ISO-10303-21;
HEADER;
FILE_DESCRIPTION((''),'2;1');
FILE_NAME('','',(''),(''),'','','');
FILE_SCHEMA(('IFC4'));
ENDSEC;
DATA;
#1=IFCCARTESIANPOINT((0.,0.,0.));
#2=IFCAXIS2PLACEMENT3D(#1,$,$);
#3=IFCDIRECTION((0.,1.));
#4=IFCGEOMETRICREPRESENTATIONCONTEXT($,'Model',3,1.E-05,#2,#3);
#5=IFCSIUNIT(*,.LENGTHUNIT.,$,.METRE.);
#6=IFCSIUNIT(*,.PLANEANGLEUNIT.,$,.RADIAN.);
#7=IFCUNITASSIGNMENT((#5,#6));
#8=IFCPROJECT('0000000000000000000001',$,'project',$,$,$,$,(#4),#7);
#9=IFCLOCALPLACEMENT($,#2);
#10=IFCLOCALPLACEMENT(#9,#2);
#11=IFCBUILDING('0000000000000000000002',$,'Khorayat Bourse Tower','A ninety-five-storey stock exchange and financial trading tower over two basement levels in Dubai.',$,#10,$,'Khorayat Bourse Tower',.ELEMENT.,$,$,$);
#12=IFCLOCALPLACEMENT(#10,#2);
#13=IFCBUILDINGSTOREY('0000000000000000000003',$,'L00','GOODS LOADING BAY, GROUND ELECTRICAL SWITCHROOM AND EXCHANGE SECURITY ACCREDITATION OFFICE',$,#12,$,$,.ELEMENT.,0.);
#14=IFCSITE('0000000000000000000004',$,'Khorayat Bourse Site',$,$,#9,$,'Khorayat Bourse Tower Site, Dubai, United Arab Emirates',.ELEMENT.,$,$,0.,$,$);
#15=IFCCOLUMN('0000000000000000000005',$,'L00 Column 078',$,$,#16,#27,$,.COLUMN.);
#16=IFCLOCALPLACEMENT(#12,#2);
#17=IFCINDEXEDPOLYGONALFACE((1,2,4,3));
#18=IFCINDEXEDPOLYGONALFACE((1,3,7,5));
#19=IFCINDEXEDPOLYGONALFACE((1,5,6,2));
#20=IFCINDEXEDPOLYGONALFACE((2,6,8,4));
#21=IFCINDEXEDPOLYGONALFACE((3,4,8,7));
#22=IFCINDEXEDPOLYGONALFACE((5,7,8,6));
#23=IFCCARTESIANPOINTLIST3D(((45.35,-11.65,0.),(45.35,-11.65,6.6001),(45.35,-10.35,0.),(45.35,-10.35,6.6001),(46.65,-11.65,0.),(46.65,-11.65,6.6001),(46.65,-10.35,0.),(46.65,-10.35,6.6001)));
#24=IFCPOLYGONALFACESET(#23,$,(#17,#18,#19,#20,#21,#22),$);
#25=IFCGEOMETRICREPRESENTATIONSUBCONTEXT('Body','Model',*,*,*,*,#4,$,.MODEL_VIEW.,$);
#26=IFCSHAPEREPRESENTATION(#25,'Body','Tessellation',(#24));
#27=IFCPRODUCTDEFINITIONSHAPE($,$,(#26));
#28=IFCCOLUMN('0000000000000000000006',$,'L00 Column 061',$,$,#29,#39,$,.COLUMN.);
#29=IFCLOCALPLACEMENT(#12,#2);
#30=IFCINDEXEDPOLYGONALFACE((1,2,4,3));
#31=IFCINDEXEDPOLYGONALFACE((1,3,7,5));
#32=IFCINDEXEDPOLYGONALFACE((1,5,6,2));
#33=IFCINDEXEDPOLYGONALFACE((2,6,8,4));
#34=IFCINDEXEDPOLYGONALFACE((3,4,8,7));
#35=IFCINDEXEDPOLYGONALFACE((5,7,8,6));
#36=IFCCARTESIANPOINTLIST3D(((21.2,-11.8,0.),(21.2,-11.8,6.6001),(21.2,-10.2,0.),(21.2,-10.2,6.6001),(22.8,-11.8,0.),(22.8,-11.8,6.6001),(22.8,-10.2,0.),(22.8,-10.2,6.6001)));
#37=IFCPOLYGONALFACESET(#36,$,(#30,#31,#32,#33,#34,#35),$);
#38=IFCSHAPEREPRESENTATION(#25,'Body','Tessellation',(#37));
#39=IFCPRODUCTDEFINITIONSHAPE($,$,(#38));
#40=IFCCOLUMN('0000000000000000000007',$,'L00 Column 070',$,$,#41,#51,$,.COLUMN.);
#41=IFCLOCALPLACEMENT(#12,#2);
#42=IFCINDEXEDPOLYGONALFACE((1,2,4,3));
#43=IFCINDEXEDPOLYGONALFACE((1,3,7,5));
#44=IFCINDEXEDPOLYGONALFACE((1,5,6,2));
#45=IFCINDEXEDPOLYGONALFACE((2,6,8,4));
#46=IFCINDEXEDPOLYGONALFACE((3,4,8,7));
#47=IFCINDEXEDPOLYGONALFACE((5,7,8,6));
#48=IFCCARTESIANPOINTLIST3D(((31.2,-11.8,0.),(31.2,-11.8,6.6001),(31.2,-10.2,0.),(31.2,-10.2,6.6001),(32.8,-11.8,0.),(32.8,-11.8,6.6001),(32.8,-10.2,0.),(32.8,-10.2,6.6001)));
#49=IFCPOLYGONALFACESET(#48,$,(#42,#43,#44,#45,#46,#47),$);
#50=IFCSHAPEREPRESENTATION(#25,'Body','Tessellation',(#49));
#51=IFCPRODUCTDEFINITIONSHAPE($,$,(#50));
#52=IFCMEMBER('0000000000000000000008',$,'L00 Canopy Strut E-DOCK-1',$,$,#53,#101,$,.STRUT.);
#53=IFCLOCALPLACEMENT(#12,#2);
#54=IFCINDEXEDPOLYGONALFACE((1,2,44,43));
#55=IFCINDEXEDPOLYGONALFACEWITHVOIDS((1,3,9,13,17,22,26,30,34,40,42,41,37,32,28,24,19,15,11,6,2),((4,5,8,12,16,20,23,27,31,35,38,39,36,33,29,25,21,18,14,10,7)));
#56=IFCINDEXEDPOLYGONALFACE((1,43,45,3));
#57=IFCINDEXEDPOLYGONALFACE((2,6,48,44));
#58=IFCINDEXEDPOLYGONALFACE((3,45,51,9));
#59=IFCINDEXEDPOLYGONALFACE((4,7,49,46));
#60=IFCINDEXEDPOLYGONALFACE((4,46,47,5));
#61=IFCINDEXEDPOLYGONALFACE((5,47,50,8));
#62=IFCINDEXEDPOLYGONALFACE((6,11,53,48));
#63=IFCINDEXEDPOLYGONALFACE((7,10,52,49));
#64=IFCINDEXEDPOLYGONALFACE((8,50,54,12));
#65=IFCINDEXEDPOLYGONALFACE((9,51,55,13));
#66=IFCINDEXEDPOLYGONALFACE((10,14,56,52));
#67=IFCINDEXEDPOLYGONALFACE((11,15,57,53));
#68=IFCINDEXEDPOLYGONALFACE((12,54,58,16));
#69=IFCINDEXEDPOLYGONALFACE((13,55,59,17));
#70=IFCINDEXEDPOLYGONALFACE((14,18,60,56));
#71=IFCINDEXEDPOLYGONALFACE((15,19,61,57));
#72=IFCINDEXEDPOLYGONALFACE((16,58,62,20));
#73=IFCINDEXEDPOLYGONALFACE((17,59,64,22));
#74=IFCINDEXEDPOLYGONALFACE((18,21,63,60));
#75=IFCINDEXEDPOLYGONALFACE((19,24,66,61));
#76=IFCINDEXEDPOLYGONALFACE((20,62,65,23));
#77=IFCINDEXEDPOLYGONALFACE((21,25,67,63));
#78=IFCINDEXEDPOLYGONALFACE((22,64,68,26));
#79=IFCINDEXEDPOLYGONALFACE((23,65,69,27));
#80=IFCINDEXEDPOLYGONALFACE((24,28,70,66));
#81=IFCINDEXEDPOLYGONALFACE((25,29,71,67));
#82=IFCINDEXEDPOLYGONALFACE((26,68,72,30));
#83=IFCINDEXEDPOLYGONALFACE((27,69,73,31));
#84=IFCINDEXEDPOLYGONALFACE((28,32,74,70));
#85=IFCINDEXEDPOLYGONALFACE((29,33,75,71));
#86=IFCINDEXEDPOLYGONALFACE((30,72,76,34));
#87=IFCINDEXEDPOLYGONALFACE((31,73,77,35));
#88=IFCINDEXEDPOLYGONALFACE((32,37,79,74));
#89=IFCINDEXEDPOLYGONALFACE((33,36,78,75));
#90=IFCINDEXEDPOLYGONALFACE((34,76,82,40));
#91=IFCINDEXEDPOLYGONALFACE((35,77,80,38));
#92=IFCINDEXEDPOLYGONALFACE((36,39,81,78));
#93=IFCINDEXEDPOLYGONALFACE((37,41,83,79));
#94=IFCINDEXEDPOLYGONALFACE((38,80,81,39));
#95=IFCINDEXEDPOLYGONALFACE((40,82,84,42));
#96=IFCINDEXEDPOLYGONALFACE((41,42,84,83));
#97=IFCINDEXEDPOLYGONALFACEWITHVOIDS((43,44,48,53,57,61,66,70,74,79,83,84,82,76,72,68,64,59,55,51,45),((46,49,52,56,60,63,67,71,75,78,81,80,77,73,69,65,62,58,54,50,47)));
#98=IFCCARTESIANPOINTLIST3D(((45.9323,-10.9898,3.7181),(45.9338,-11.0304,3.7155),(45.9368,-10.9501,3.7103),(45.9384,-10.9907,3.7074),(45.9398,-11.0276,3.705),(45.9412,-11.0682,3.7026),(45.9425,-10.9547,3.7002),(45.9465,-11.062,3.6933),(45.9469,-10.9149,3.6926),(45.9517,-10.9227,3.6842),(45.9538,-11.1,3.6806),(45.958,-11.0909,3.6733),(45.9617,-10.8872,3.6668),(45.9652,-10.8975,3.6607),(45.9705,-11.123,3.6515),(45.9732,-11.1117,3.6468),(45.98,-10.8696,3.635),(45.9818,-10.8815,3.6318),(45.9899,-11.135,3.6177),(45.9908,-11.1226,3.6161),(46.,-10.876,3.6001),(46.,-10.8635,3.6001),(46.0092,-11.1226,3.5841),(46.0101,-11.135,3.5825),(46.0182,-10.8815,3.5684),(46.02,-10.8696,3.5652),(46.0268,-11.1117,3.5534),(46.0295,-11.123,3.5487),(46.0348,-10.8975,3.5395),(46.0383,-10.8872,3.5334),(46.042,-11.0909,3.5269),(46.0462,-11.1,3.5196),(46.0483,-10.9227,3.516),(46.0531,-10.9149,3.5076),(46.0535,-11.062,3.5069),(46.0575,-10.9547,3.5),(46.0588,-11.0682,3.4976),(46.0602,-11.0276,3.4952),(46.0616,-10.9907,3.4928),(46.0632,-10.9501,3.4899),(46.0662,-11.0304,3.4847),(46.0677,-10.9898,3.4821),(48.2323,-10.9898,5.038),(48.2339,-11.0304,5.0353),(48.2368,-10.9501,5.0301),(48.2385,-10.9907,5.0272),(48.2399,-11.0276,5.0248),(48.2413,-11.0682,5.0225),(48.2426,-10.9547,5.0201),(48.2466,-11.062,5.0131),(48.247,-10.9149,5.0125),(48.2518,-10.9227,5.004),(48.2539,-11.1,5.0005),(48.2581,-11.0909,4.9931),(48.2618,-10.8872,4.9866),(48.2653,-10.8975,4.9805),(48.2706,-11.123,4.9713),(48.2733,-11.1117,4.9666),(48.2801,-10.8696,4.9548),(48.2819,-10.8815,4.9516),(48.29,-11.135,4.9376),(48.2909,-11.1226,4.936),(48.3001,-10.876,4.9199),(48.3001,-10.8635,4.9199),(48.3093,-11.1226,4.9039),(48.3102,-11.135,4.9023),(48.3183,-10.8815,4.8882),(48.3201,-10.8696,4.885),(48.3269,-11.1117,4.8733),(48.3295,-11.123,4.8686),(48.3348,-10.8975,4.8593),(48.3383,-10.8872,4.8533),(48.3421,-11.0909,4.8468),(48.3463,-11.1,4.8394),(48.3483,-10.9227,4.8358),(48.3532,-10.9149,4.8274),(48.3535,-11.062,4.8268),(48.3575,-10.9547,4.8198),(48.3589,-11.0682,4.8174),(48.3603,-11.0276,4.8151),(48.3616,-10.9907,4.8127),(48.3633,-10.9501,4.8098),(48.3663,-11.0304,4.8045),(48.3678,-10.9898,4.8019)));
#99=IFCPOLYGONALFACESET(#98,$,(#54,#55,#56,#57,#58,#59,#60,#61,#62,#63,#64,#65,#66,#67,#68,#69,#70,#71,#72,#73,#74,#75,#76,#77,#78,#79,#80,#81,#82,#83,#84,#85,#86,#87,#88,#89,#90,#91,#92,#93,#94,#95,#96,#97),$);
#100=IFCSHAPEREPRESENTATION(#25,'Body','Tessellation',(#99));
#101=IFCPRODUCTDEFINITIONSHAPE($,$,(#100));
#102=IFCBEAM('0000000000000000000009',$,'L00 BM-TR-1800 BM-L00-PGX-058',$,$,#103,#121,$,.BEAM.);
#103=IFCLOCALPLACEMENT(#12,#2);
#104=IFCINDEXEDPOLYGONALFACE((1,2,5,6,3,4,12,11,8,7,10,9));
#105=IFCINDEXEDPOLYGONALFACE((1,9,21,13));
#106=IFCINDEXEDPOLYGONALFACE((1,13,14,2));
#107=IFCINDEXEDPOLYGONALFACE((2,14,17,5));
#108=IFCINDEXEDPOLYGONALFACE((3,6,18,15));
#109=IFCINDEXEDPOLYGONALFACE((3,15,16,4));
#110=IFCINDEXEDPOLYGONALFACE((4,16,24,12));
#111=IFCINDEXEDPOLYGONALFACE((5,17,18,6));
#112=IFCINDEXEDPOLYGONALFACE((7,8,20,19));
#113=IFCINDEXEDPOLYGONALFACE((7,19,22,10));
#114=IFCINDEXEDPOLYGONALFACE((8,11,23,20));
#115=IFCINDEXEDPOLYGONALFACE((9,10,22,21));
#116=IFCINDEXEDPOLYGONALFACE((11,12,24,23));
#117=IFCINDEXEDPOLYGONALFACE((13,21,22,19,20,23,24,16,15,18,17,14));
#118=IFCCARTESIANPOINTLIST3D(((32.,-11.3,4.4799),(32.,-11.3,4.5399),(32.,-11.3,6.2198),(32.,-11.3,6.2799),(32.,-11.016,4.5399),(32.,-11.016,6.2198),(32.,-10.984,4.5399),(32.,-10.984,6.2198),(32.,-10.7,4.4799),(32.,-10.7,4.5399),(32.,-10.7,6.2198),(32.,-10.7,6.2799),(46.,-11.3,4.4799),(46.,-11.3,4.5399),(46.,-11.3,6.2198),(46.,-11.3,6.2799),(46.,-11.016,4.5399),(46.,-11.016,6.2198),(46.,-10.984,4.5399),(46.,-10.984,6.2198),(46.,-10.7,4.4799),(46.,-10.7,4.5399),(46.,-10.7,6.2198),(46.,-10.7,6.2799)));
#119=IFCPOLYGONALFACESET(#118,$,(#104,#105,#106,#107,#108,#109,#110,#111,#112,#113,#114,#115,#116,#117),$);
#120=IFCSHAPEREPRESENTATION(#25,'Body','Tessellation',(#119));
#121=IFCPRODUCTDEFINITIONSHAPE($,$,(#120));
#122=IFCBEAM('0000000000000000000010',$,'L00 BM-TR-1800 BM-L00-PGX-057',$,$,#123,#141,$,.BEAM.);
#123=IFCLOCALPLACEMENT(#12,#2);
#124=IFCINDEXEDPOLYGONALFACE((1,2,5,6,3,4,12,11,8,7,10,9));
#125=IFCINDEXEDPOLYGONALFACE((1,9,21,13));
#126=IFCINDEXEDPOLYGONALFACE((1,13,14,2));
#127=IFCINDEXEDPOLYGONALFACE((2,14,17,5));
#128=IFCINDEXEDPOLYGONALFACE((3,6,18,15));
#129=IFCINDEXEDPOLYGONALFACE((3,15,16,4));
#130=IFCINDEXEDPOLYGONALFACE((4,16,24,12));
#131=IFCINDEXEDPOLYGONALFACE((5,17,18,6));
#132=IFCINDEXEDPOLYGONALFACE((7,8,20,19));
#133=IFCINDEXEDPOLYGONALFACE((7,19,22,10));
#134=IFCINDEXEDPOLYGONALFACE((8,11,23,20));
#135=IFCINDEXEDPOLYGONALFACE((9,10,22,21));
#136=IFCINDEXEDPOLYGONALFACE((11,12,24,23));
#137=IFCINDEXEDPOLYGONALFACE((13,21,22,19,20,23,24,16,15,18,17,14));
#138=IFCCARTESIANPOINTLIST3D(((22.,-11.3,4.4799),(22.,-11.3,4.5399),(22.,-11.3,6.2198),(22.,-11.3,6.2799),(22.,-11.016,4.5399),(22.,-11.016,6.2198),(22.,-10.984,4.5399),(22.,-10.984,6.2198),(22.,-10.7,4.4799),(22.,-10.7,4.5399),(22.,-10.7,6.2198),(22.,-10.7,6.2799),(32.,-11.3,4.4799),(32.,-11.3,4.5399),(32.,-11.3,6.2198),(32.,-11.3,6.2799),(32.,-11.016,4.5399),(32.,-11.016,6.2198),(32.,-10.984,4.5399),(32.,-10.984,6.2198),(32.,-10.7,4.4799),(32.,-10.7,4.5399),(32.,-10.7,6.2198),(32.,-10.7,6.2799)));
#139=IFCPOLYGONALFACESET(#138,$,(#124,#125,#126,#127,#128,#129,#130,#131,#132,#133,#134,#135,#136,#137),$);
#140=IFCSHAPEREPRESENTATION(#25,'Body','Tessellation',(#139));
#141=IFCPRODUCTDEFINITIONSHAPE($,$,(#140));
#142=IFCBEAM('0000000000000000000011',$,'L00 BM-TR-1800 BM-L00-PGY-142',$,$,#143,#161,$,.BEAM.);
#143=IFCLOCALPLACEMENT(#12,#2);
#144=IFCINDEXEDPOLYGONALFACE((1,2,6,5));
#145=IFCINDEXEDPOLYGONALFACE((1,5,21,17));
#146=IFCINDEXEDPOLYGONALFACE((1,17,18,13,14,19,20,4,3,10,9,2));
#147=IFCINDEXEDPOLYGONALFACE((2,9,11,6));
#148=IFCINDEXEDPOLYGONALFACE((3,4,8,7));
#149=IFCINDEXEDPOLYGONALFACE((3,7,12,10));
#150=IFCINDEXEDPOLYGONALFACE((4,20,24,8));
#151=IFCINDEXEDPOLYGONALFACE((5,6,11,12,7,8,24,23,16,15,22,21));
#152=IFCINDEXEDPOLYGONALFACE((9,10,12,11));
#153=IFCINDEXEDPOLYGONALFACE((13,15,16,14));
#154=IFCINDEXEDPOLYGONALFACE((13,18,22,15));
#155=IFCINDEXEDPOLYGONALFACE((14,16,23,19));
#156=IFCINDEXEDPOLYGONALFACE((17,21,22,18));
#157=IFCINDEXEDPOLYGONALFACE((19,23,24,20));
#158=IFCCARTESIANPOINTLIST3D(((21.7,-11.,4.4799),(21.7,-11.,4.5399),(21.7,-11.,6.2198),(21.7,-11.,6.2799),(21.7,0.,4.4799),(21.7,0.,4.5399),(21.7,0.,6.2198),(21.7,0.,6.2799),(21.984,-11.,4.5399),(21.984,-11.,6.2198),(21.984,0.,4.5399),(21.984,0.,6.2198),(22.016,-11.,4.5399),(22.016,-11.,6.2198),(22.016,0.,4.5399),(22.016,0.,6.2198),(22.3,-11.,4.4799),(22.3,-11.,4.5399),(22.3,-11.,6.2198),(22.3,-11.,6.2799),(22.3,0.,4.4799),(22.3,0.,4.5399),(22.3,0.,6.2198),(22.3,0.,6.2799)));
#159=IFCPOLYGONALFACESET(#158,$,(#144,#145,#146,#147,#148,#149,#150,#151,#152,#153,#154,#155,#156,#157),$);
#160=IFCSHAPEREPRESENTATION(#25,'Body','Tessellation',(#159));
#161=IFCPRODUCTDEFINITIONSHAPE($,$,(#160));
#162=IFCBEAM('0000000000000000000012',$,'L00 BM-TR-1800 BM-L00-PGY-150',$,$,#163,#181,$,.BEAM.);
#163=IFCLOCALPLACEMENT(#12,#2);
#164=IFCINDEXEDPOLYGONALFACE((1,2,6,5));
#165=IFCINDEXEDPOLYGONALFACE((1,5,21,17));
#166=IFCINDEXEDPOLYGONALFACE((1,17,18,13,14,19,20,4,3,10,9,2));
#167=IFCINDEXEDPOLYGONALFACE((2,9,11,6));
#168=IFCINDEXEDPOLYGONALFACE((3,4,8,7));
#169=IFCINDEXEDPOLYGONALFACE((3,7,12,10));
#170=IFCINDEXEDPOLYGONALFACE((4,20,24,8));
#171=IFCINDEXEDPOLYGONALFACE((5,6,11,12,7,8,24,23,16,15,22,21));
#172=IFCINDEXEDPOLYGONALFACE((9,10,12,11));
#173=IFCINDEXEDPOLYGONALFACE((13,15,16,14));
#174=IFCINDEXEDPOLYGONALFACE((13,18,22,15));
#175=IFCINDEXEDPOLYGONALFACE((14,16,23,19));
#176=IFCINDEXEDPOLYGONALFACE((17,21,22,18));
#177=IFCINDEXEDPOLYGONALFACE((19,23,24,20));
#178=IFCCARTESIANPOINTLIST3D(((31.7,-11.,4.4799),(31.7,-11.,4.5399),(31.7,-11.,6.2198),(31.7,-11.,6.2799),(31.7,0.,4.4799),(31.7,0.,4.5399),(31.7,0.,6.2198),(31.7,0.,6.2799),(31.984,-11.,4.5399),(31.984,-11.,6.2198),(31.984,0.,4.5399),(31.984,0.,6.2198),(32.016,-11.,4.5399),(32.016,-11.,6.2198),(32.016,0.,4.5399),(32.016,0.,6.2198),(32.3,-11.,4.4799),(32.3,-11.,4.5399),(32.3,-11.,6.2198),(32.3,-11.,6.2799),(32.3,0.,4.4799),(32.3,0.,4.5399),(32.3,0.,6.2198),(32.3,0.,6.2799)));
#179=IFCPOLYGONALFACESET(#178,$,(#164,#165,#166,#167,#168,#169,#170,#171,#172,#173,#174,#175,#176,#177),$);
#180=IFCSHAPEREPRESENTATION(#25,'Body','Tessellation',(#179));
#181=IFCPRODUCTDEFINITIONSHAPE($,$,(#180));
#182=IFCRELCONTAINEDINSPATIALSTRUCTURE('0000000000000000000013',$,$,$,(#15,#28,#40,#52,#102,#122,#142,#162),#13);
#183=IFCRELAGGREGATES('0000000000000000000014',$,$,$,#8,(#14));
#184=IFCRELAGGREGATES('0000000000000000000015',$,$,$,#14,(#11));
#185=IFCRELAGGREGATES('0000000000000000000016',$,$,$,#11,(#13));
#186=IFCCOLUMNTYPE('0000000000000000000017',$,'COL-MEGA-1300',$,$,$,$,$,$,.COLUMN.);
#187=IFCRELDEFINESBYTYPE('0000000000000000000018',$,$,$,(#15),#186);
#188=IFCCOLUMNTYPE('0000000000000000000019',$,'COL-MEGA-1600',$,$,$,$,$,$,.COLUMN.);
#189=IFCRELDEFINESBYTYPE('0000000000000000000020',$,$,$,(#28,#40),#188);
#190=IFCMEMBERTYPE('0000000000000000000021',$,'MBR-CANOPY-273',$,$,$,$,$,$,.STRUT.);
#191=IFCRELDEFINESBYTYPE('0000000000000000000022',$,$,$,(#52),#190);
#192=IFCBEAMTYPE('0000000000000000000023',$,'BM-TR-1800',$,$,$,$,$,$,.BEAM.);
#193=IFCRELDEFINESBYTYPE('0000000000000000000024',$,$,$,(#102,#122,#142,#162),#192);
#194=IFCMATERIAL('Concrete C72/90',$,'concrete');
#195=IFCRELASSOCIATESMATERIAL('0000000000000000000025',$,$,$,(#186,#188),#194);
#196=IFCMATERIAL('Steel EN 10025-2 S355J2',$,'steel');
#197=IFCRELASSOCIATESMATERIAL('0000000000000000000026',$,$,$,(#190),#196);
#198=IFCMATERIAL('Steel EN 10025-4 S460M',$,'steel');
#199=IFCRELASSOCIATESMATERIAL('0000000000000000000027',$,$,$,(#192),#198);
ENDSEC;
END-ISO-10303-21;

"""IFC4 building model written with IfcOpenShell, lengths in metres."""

from ifc_helpers import new_model, si_unit, direction, frame, origin, origin_2d, place, context, subcontext, project, spatial, rectangle, hollow_circle, i_section, extrude, source, transform, mapped, material, material_profile, profile_set, type_object, element, save


model = new_model("IFC4")

# Units and contexts
model_context = context("Model", 3, precision=1e-05, world=origin(), true_north=direction((0.0, 1.0)))
body_context = subcontext(model_context, "Body", "Model", "MODEL_VIEW")
ifc_project = project(units=[si_unit("LENGTHUNIT", "METRE"), si_unit("PLANEANGLEUNIT", "RADIAN")], contexts=[model_context])

# Site, building, storey
site_placement = place(None, origin())
site = spatial("IfcSite", under=ifc_project, at=site_placement, Name="Khorayat Bourse Site", LongName="Khorayat Bourse Tower Site, Dubai, United Arab Emirates", CompositionType="ELEMENT", RefElevation=0.0)
building_placement = place(site_placement, origin())
building = spatial("IfcBuilding", under=site, at=building_placement, Name="Khorayat Bourse Tower", Description="A ninety-five-storey stock exchange and financial trading tower over two basement levels in Dubai.", LongName="Khorayat Bourse Tower", CompositionType="ELEMENT")
storey_placement = place(building_placement, origin())
storey = spatial("IfcBuildingStorey", under=building, at=storey_placement, Name="L00", Description="GOODS LOADING BAY, GROUND ELECTRICAL SWITCHROOM AND EXCHANGE SECURITY ACCREDITATION OFFICE", CompositionType="ELEMENT", Elevation=0.0)

# Columns
ifc_material_1 = material(Name="Concrete C72/90", Category="concrete")
ifc_material_profile_1 = material_profile(ifc_material_1, rectangle(XDim=1.3, YDim=1.3, at=origin_2d()), Name="RC 1300x1300")
ifc_profile_set_1 = profile_set([ifc_material_profile_1], Name="Concrete C72/90")
column_type_1 = type_object("IfcColumnType", Name="COL-MEGA-1300", PredefinedType="COLUMN", material=ifc_profile_set_1)
shared_shape_1 = source(origin(), body_context, "Body", "SweptSolid", [
    extrude(rectangle(XDim=1.3, YDim=1.3, at=origin_2d()), origin(), (0.0, 0.0, 1.0), 6.6001),
])
column_placement = place(storey_placement, frame((46.0, -11.0, 0.0), z_axis=(0.0, 0.0, 1.0), x_axis=(1.0, 0.0, 0.0)))
element("IfcColumn", 1, at=column_placement, inside=storey, type_object=column_type_1, Name="L00 Column 078", PredefinedType="COLUMN", context=body_context, shape_type="MappedRepresentation", body=[
    mapped(shared_shape_1, transform((0.0, 0.0, 0.0), scale=1.0)),
])
ifc_material_profile_2 = material_profile(ifc_material_1, rectangle(XDim=1.6001, YDim=1.6001, at=origin_2d()), Name="RC 1600x1600")
ifc_profile_set_2 = profile_set([ifc_material_profile_2], Name="Concrete C72/90")
column_type_2 = type_object("IfcColumnType", Name="COL-MEGA-1600", PredefinedType="COLUMN", material=ifc_profile_set_2)
shared_shape_2 = source(origin(), body_context, "Body", "SweptSolid", [
    extrude(rectangle(XDim=1.6001, YDim=1.6001, at=origin_2d()), origin(), (0.0, 0.0, 1.0), 6.6001),
])
for number, where, z_axis, x_axis, name in (
    (2, (22.0, -11.0, 0.0), (0.0, 0.0, 1.0), (1.0, 0.0, 0.0), "L00 Column 061"),
    (3, (32.0, -11.0, 0.0), (0.0, 0.0, 1.0), (1.0, 0.0, 0.0), "L00 Column 070"),
):
    element("IfcColumn", number, at=place(storey_placement, frame(where, z_axis=z_axis, x_axis=x_axis)), inside=storey, type_object=column_type_2, Name=name, PredefinedType="COLUMN", context=body_context, shape_type="MappedRepresentation", body=[
        mapped(shared_shape_2, transform((0.0, 0.0, 0.0), scale=1.0)),
    ])

# Member
ifc_material_2 = material(Name="Steel EN 10025-2 S355J2", Category="steel")
ifc_material_profile_3 = material_profile(ifc_material_2, hollow_circle(Radius=0.1365, WallThickness=0.0125, at=origin_2d()), Name="CHS 273x12.5")
ifc_profile_set_3 = profile_set([ifc_material_profile_3], Name="Steel EN 10025-2 S355J2")
member_type = type_object("IfcMemberType", Name="MBR-CANOPY-273", PredefinedType="STRUT", material=ifc_profile_set_3)
shared_shape_3 = source(origin(), body_context, "Body", "SweptSolid", [
    extrude(hollow_circle(Radius=0.1365, WallThickness=0.0125, at=origin_2d()), origin(), (0.0, 0.0, 1.0), 2.6519),
])
member_placement = place(storey_placement, frame((46.0, -11.0, 3.6001), z_axis=(0.867347, 0.0, 0.497705), x_axis=(0.0, 1.0, 0.0)))
element("IfcMember", 4, at=member_placement, inside=storey, type_object=member_type, Name="L00 Canopy Strut E-DOCK-1", PredefinedType="STRUT", context=body_context, shape_type="MappedRepresentation", body=[
    mapped(shared_shape_3, transform((0.0, 0.0, 0.0), scale=1.0)),
])

# Beams
ifc_material_3 = material(Name="Steel EN 10025-4 S460M", Category="steel")
ifc_material_profile_4 = material_profile(ifc_material_3, i_section(OverallWidth=0.6001, OverallDepth=1.8, WebThickness=0.032, FlangeThickness=0.0601, at=origin_2d()), Name="PG 1800x600x32x60")
ifc_profile_set_4 = profile_set([ifc_material_profile_4], Name="Steel EN 10025-4 S460M")
beam_type_1 = type_object("IfcBeamType", Name="BM-TR-1800", PredefinedType="BEAM", material=ifc_profile_set_4)
shared_shape_4 = source(origin(), body_context, "Body", "SweptSolid", [
    extrude(i_section(OverallWidth=0.6001, OverallDepth=1.8, WebThickness=0.032, FlangeThickness=0.0601, at=origin_2d()), origin(), (0.0, 0.0, 1.0), 14.0),
])
beam_1_placement = place(storey_placement, frame((32.0, -11.0, 5.3799), z_axis=(1.0, 0.0, 0.0), x_axis=(0.0, 1.0, 0.0)))
element("IfcBeam", 5, at=beam_1_placement, inside=storey, type_object=beam_type_1, Name="L00 BM-TR-1800 BM-L00-PGX-058", PredefinedType="BEAM", context=body_context, shape_type="MappedRepresentation", body=[
    mapped(shared_shape_4, transform((0.0, 0.0, 0.0), scale=1.0)),
])
shared_shape_5 = source(origin(), body_context, "Body", "SweptSolid", [
    extrude(i_section(OverallWidth=0.6001, OverallDepth=1.8, WebThickness=0.032, FlangeThickness=0.0601, at=origin_2d()), origin(), (0.0, 0.0, 1.0), 10.0),
])
beam_2_placement = place(storey_placement, frame((22.0, -11.0, 5.3799), z_axis=(1.0, 0.0, 0.0), x_axis=(0.0, 1.0, 0.0)))
element("IfcBeam", 6, at=beam_2_placement, inside=storey, type_object=beam_type_1, Name="L00 BM-TR-1800 BM-L00-PGX-057", PredefinedType="BEAM", context=body_context, shape_type="MappedRepresentation", body=[
    mapped(shared_shape_5, transform((0.0, 0.0, 0.0), scale=1.0)),
])
shared_shape_6 = source(origin(), body_context, "Body", "SweptSolid", [
    extrude(i_section(OverallWidth=0.6001, OverallDepth=1.8, WebThickness=0.032, FlangeThickness=0.0601, at=origin_2d()), origin(), (0.0, 0.0, 1.0), 11.0),
])
for number, where, z_axis, x_axis, name in (
    (7, (22.0, -11.0, 5.3799), (0.0, 1.0, 0.0), (-1.0, 0.0, 0.0), "L00 BM-TR-1800 BM-L00-PGY-142"),
    (8, (32.0, -11.0, 5.3799), (0.0, 1.0, 0.0), (-1.0, 0.0, 0.0), "L00 BM-TR-1800 BM-L00-PGY-150"),
):
    element("IfcBeam", number, at=place(storey_placement, frame(where, z_axis=z_axis, x_axis=x_axis)), inside=storey, type_object=beam_type_1, Name=name, PredefinedType="BEAM", context=body_context, shape_type="MappedRepresentation", body=[
        mapped(shared_shape_6, transform((0.0, 0.0, 0.0), scale=1.0)),
    ])

save(model, "model.ifc")
